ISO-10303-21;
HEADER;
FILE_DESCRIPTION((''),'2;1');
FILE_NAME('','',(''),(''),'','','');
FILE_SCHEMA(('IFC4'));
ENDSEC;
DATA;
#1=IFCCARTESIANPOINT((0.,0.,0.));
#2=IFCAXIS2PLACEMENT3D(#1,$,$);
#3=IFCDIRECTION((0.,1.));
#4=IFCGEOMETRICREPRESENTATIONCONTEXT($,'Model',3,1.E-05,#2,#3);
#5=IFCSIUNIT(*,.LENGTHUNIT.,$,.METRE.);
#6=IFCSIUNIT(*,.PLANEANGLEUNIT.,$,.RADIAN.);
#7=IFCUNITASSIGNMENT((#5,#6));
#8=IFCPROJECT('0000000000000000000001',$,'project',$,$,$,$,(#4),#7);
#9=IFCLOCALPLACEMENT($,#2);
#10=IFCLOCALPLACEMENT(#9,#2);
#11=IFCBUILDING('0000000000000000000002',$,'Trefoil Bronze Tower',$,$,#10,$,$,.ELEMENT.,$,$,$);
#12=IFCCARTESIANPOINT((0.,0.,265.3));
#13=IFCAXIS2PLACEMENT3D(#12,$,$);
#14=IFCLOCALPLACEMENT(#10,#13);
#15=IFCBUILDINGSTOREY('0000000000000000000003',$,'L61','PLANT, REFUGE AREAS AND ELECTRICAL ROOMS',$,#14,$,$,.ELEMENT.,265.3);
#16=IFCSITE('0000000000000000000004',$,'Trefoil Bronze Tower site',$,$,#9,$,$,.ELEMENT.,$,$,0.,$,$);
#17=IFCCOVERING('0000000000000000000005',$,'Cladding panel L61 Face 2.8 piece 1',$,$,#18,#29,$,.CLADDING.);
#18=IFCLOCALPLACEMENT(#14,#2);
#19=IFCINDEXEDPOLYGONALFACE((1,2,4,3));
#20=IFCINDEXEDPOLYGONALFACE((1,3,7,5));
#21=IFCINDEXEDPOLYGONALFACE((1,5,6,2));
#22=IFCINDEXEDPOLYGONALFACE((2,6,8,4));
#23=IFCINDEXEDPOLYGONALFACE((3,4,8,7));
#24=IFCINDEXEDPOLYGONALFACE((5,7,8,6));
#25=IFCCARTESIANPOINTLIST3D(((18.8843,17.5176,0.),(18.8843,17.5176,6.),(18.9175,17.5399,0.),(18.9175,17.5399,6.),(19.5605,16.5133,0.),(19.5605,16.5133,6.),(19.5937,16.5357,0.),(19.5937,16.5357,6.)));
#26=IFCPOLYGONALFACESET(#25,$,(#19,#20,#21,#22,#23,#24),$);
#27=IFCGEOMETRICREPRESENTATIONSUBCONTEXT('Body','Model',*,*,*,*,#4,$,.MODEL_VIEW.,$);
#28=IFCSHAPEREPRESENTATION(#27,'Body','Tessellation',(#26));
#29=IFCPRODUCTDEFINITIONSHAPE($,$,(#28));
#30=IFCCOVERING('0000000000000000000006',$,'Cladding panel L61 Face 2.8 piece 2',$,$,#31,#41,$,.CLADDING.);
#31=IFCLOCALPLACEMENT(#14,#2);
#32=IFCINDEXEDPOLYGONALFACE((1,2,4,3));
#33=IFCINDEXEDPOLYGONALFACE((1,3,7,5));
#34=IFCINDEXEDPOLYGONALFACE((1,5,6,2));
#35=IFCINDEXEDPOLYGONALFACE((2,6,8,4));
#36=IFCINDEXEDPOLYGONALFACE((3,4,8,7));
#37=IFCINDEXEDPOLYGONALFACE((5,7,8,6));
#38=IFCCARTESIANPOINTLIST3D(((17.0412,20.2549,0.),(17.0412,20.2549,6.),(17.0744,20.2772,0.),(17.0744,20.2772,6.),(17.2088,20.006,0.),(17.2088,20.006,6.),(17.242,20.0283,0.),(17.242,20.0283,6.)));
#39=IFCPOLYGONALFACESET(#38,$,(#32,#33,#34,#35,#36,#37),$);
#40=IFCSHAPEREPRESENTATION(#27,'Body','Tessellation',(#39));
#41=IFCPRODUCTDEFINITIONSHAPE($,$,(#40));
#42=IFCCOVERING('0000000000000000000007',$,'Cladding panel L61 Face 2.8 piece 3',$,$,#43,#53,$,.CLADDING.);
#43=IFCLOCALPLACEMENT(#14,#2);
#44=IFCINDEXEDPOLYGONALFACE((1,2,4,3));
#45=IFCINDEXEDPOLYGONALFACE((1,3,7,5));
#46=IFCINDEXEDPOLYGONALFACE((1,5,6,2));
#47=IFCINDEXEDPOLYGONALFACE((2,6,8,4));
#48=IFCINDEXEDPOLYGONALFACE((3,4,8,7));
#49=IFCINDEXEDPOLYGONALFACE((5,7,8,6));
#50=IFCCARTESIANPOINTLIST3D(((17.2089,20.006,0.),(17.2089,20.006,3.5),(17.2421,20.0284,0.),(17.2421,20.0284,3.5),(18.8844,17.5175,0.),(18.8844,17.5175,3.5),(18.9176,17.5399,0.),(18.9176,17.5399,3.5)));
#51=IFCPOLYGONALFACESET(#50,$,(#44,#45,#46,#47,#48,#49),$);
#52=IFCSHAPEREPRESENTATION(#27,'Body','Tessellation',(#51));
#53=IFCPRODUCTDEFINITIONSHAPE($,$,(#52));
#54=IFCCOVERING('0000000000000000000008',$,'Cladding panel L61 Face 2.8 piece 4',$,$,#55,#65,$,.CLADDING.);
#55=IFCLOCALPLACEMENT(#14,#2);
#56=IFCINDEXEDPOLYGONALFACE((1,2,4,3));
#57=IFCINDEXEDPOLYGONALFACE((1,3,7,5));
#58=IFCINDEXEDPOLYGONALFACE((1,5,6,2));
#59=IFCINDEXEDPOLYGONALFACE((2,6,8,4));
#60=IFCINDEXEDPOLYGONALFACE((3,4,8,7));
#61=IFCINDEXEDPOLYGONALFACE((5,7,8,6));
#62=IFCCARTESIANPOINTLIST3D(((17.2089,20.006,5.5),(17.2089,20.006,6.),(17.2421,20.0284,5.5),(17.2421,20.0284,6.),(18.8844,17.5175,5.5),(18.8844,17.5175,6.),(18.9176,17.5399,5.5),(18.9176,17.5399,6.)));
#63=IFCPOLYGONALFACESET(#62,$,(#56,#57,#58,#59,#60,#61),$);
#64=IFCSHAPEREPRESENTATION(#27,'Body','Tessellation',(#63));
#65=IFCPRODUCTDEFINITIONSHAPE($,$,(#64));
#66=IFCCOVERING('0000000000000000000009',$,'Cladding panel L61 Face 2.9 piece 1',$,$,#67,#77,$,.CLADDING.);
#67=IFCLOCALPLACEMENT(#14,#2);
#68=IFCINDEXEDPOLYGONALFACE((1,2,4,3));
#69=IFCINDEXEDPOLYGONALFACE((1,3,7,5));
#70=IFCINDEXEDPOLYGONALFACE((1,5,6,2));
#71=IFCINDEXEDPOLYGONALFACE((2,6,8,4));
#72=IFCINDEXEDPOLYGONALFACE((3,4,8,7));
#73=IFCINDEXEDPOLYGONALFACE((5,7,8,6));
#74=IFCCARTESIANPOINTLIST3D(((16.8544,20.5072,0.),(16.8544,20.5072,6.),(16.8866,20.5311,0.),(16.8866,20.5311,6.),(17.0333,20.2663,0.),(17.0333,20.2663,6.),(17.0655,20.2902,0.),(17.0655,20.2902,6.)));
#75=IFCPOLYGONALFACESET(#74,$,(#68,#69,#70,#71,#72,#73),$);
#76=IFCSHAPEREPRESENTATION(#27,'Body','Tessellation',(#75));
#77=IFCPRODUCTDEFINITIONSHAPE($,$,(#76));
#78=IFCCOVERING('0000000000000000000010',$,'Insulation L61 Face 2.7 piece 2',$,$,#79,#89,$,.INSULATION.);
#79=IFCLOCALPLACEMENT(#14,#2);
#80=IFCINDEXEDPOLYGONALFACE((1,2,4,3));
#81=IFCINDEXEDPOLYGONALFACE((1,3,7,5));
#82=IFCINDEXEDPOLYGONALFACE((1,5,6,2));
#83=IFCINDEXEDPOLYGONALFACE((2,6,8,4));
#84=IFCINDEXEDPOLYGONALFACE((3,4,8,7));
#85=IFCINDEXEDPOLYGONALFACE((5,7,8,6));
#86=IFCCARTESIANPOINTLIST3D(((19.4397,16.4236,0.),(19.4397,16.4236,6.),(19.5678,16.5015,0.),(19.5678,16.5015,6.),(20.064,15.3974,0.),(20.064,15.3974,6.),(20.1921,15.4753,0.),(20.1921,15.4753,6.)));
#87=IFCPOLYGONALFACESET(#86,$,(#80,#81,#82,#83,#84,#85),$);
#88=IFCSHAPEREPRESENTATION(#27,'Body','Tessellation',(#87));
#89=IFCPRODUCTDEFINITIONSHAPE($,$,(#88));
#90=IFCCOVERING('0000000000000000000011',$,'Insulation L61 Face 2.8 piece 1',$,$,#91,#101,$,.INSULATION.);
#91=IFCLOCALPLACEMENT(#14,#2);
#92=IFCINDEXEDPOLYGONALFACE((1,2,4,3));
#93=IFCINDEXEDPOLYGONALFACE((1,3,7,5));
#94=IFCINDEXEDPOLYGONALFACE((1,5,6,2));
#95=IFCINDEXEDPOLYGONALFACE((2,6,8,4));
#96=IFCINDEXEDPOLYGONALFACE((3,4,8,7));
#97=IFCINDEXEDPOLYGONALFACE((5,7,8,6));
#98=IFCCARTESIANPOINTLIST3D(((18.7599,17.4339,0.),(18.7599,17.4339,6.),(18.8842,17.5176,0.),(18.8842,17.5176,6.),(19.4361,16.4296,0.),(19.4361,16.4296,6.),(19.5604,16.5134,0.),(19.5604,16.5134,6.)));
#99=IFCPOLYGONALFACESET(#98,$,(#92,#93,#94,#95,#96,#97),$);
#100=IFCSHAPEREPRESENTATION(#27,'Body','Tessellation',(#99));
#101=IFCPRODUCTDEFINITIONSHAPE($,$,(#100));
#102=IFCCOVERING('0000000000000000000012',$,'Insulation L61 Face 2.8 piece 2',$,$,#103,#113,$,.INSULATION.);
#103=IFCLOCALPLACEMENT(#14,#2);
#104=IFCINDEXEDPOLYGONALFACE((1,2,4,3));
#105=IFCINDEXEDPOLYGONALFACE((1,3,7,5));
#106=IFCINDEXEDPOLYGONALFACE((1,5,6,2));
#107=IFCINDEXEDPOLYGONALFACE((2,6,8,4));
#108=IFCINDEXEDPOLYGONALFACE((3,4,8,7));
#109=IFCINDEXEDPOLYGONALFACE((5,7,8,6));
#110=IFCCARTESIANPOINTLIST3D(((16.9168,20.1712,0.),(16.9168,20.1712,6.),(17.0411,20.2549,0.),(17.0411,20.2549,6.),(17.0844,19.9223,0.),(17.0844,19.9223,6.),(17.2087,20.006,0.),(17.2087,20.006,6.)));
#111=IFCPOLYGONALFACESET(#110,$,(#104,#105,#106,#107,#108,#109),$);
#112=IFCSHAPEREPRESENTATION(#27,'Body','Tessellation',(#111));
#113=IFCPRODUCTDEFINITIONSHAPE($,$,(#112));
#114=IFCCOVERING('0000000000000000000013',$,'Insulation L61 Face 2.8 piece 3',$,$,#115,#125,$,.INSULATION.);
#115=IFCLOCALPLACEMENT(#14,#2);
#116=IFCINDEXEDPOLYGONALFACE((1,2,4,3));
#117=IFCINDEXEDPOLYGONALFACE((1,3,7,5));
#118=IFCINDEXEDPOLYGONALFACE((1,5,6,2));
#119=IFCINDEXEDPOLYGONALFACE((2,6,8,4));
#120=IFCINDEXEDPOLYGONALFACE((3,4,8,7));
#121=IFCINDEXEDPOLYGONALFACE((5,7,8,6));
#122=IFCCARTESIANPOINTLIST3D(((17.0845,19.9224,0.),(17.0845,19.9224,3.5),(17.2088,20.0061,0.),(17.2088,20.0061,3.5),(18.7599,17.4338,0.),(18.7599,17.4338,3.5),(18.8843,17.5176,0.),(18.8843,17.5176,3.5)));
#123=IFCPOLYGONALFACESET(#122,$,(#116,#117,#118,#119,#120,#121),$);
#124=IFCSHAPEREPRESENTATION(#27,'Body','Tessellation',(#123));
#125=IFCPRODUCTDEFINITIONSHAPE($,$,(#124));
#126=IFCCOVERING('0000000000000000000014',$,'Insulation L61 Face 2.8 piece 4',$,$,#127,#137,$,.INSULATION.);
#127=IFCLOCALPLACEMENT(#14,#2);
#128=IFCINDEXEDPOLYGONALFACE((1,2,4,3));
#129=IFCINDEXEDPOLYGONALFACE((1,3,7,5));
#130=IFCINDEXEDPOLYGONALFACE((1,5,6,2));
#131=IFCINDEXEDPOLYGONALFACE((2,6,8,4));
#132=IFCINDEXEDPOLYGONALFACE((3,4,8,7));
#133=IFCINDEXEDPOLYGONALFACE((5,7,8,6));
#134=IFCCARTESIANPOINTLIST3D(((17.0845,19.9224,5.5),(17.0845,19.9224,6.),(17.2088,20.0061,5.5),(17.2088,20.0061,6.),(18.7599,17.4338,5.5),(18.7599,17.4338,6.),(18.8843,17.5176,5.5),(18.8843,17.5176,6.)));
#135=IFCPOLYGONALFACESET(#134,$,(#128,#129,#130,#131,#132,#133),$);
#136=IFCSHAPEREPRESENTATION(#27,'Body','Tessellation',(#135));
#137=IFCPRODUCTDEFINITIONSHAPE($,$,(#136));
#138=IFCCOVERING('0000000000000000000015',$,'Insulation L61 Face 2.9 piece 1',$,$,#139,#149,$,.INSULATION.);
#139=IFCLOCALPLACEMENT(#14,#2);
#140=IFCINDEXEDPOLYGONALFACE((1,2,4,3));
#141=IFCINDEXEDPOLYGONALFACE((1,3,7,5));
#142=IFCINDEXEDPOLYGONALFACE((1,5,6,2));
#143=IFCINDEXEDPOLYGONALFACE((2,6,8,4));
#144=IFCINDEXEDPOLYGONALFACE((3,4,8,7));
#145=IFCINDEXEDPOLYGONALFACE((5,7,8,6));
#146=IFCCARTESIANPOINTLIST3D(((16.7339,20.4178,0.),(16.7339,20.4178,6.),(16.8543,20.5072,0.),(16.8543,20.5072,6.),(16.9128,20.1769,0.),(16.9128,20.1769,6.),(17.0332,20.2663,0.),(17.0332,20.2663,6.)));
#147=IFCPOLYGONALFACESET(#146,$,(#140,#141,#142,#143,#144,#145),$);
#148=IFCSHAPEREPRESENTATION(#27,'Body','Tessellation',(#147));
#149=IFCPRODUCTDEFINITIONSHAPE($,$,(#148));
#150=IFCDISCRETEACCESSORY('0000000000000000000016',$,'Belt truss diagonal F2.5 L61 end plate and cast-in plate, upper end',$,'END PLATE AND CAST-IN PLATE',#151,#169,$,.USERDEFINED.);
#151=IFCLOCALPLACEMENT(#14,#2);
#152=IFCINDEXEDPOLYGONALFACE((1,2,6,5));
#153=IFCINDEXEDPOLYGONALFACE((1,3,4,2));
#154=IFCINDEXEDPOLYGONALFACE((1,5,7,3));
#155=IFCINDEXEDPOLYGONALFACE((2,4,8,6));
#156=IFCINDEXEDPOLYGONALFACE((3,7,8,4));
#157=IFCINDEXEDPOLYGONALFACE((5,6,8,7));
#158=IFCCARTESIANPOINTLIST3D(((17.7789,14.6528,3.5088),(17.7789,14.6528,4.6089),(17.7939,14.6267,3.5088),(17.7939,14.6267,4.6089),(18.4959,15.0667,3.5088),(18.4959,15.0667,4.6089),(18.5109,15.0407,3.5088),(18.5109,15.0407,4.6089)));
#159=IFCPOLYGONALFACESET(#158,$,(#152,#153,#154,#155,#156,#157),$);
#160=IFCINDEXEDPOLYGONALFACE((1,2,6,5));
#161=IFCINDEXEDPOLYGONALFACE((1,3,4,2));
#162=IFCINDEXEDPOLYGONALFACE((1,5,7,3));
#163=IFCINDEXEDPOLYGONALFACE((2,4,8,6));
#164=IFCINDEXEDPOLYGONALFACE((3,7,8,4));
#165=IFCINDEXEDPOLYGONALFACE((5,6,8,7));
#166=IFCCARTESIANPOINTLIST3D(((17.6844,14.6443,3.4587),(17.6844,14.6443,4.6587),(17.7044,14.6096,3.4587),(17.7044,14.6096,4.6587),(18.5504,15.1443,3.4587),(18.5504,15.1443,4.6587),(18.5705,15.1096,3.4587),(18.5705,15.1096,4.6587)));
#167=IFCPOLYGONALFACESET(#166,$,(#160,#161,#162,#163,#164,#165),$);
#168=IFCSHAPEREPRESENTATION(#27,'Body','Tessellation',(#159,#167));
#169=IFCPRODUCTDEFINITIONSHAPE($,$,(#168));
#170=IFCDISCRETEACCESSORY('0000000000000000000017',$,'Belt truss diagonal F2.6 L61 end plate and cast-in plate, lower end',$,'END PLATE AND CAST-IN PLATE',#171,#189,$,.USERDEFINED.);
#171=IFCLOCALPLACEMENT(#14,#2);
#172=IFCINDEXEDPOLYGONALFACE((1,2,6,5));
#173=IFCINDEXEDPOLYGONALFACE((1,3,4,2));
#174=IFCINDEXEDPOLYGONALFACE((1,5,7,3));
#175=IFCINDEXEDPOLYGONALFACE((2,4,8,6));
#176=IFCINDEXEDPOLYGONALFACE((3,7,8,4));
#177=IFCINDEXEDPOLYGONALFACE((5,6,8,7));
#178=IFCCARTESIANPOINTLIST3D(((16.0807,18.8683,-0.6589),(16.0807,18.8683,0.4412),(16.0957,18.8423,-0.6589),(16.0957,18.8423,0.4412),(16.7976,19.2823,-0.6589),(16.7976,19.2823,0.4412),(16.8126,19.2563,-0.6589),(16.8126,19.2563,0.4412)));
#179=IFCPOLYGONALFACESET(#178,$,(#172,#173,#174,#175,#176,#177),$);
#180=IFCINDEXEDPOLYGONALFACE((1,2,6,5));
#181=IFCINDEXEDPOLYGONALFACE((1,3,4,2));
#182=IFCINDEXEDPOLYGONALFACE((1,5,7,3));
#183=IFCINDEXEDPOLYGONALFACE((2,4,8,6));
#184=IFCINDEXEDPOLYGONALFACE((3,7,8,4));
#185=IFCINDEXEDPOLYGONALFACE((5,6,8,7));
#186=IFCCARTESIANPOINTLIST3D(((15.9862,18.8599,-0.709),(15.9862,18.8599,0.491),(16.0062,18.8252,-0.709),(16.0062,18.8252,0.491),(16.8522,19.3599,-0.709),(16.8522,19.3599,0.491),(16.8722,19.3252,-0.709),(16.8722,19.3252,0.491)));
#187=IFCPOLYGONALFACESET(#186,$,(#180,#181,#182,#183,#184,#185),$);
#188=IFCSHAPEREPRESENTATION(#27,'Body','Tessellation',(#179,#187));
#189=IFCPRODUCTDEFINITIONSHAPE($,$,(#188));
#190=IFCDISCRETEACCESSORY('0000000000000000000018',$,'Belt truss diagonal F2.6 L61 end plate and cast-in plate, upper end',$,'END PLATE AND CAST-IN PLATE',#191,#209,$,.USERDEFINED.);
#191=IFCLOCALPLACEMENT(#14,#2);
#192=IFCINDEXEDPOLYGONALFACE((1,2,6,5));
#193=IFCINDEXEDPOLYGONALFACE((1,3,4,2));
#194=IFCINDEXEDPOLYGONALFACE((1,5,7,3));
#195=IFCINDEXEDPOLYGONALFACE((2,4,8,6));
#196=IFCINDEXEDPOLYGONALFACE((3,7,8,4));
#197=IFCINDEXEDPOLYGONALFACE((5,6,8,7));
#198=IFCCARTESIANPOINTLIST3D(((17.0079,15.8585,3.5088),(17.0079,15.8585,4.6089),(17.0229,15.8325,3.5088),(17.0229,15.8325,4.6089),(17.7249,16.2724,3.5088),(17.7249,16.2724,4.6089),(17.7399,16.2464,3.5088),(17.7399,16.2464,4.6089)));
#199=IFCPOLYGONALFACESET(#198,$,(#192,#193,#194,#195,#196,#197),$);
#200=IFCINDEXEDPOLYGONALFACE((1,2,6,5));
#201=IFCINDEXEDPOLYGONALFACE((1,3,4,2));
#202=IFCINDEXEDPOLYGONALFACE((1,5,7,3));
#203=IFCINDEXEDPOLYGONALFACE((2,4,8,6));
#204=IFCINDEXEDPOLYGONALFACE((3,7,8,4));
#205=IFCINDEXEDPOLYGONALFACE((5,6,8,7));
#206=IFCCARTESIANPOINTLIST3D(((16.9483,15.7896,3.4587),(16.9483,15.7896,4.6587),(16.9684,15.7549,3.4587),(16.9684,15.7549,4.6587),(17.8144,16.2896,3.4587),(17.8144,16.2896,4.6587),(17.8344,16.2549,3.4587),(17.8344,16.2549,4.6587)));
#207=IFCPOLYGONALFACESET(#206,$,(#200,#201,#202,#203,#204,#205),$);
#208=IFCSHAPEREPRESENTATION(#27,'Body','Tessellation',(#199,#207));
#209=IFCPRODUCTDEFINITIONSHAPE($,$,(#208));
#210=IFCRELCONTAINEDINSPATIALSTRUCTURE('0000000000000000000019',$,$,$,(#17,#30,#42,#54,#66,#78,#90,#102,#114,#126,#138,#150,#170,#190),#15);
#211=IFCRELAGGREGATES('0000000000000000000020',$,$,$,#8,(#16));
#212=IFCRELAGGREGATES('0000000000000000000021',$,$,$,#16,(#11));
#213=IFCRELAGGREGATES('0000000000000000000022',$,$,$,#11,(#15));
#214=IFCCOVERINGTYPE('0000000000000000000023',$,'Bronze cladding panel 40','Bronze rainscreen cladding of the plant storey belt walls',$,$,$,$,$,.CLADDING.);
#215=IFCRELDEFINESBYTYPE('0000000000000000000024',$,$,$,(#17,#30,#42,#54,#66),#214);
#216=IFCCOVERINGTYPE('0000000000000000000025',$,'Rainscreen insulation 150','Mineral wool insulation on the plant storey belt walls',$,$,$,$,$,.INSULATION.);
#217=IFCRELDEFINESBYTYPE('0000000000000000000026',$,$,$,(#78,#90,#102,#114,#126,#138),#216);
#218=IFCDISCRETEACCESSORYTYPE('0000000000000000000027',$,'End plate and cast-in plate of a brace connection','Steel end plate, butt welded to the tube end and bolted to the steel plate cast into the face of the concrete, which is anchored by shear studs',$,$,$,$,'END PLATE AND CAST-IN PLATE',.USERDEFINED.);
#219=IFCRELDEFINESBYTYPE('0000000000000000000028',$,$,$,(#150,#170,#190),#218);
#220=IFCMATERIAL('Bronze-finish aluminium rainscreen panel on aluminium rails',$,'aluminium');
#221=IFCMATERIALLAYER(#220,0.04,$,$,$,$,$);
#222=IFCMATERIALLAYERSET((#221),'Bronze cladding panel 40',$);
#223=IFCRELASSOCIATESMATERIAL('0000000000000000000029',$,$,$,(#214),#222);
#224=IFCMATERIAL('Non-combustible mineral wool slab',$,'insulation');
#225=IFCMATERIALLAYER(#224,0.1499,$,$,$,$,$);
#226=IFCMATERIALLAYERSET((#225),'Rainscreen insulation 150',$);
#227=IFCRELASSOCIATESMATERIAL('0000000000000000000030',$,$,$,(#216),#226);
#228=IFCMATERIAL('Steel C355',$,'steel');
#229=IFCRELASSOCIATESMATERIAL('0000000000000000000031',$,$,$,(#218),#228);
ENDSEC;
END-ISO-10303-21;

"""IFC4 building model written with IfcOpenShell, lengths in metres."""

from ifc_helpers import new_model, si_unit, direction, frame, origin, origin_2d, place, context, subcontext, project, spatial, rectangle, extrude, material, layer, layer_set, type_object, element, save


model = new_model("IFC4")

# Units and contexts
model_context = context("Model", 3, precision=1e-05, world=origin(), true_north=direction((0.0, 1.0)))
body_context = subcontext(model_context, "Body", "Model", "MODEL_VIEW")
ifc_project = project(units=[si_unit("LENGTHUNIT", "METRE"), si_unit("PLANEANGLEUNIT", "RADIAN")], contexts=[model_context])

# Site, building, storey
site_placement = place(None, origin())
site = spatial("IfcSite", under=ifc_project, at=site_placement, Name="Trefoil Bronze Tower site", CompositionType="ELEMENT", RefElevation=0.0)
building_placement = place(site_placement, origin())
building = spatial("IfcBuilding", under=site, at=building_placement, Name="Trefoil Bronze Tower", CompositionType="ELEMENT")
storey_placement = place(building_placement, frame((0.0, 0.0, 265.3)))
storey = spatial("IfcBuildingStorey", under=building, at=storey_placement, Name="L61", Description="PLANT, REFUGE AREAS AND ELECTRICAL ROOMS", CompositionType="ELEMENT", Elevation=265.3)

# Coverings
ifc_material_1 = material(Name="Bronze-finish aluminium rainscreen panel on aluminium rails", Category="aluminium")
ifc_layer_1 = layer(ifc_material_1, 0.04)
ifc_layer_set_1 = layer_set([ifc_layer_1], Name="Bronze cladding panel 40")
covering_type_1 = type_object("IfcCoveringType", Name="Bronze cladding panel 40", Description="Bronze rainscreen cladding of the plant storey belt walls", PredefinedType="CLADDING", material=ifc_layer_set_1)
covering_1_placement = place(storey_placement, frame((19.239, 17.0266, 0.0), z_axis=(0.0, 0.0, 1.0), x_axis=(-0.558493, 0.829509, 0.0)))
element("IfcCovering", 1, at=covering_1_placement, inside=storey, type_object=covering_type_1, Name="Cladding panel L61 Face 2.8 piece 1", PredefinedType="CLADDING", context=body_context, shape_type="SweptSolid", body=[
    extrude(rectangle(XDim=1.2107, YDim=0.04, at=origin_2d()), origin(), (0.0, 0.0, 1.0), 6.0),
])
covering_2_placement = place(storey_placement, frame((17.1416, 20.1416, 0.0), z_axis=(0.0, 0.0, 1.0), x_axis=(-0.558493, 0.829509, 0.0)))
element("IfcCovering", 2, at=covering_2_placement, inside=storey, type_object=covering_type_1, Name="Cladding panel L61 Face 2.8 piece 2", PredefinedType="CLADDING", context=body_context, shape_type="SweptSolid", body=[
    extrude(rectangle(XDim=0.3, YDim=0.04, at=origin_2d()), origin(), (0.0, 0.0, 1.0), 6.0),
])
covering_3_placement = place(storey_placement, frame((18.0632, 18.7729, 0.0), z_axis=(0.0, 0.0, 1.0), x_axis=(-0.558493, 0.829509, 0.0)))
element("IfcCovering", 3, at=covering_3_placement, inside=storey, type_object=covering_type_1, Name="Cladding panel L61 Face 2.8 piece 3", PredefinedType="CLADDING", context=body_context, shape_type="SweptSolid", body=[
    extrude(rectangle(XDim=3.0, YDim=0.04, at=origin_2d()), origin(), (0.0, 0.0, 1.0), 3.5),
])
covering_4_placement = place(storey_placement, frame((18.0632, 18.7729, 5.5), z_axis=(0.0, 0.0, 1.0), x_axis=(-0.558493, 0.829509, 0.0)))
element("IfcCovering", 4, at=covering_4_placement, inside=storey, type_object=covering_type_1, Name="Cladding panel L61 Face 2.8 piece 4", PredefinedType="CLADDING", context=body_context, shape_type="SweptSolid", body=[
    extrude(rectangle(XDim=3.0, YDim=0.04, at=origin_2d()), origin(), (0.0, 0.0, 1.0), 0.5),
])
covering_5_placement = place(storey_placement, frame((16.96, 20.3987, 0.0), z_axis=(0.0, 0.0, 1.0), x_axis=(-0.596162, 0.802865, 0.0)))
element("IfcCovering", 5, at=covering_5_placement, inside=storey, type_object=covering_type_1, Name="Cladding panel L61 Face 2.9 piece 1", PredefinedType="CLADDING", context=body_context, shape_type="SweptSolid", body=[
    extrude(rectangle(XDim=0.3, YDim=0.04, at=origin_2d()), origin(), (0.0, 0.0, 1.0), 6.0),
])
ifc_material_2 = material(Name="Non-combustible mineral wool slab", Category="insulation")
ifc_layer_2 = layer(ifc_material_2, 0.1499)
ifc_layer_set_2 = layer_set([ifc_layer_2], Name="Rainscreen insulation 150")
covering_type_2 = type_object("IfcCoveringType", Name="Rainscreen insulation 150", Description="Mineral wool insulation on the plant storey belt walls", PredefinedType="INSULATION", material=ifc_layer_set_2)
covering_6_placement = place(storey_placement, frame((19.8159, 15.9495, 0.0), z_axis=(0.0, 0.0, 1.0), x_axis=(-0.519762, 0.854311, 0.0)))
element("IfcCovering", 6, at=covering_6_placement, inside=storey, type_object=covering_type_2, Name="Insulation L61 Face 2.7 piece 2", PredefinedType="INSULATION", context=body_context, shape_type="SweptSolid", body=[
    extrude(rectangle(XDim=1.2012, YDim=0.1499, at=origin_2d()), origin(), (0.0, 0.0, 1.0), 6.0),
])
covering_7_placement = place(storey_placement, frame((19.1602, 16.9736, 0.0), z_axis=(0.0, 0.0, 1.0), x_axis=(-0.558493, 0.829509, 0.0)))
element("IfcCovering", 7, at=covering_7_placement, inside=storey, type_object=covering_type_2, Name="Insulation L61 Face 2.8 piece 1", PredefinedType="INSULATION", context=body_context, shape_type="SweptSolid", body=[
    extrude(rectangle(XDim=1.2107, YDim=0.1499, at=origin_2d()), origin(), (0.0, 0.0, 1.0), 6.0),
])
covering_8_placement = place(storey_placement, frame((17.0627, 20.0886, 0.0), z_axis=(0.0, 0.0, 1.0), x_axis=(-0.558493, 0.829509, 0.0)))
element("IfcCovering", 8, at=covering_8_placement, inside=storey, type_object=covering_type_2, Name="Insulation L61 Face 2.8 piece 2", PredefinedType="INSULATION", context=body_context, shape_type="SweptSolid", body=[
    extrude(rectangle(XDim=0.3, YDim=0.1499, at=origin_2d()), origin(), (0.0, 0.0, 1.0), 6.0),
])
covering_9_placement = place(storey_placement, frame((17.9844, 18.72, 0.0), z_axis=(0.0, 0.0, 1.0), x_axis=(-0.558493, 0.829509, 0.0)))
element("IfcCovering", 9, at=covering_9_placement, inside=storey, type_object=covering_type_2, Name="Insulation L61 Face 2.8 piece 3", PredefinedType="INSULATION", context=body_context, shape_type="SweptSolid", body=[
    extrude(rectangle(XDim=3.0, YDim=0.1499, at=origin_2d()), origin(), (0.0, 0.0, 1.0), 3.5),
])
covering_10_placement = place(storey_placement, frame((17.9844, 18.72, 5.5), z_axis=(0.0, 0.0, 1.0), x_axis=(-0.558493, 0.829509, 0.0)))
element("IfcCovering", 10, at=covering_10_placement, inside=storey, type_object=covering_type_2, Name="Insulation L61 Face 2.8 piece 4", PredefinedType="INSULATION", context=body_context, shape_type="SweptSolid", body=[
    extrude(rectangle(XDim=3.0, YDim=0.1499, at=origin_2d()), origin(), (0.0, 0.0, 1.0), 0.5),
])
covering_11_placement = place(storey_placement, frame((16.8835, 20.342, 0.0), z_axis=(0.0, 0.0, 1.0), x_axis=(-0.596162, 0.802865, 0.0)))
element("IfcCovering", 11, at=covering_11_placement, inside=storey, type_object=covering_type_2, Name="Insulation L61 Face 2.9 piece 1", PredefinedType="INSULATION", context=body_context, shape_type="SweptSolid", body=[
    extrude(rectangle(XDim=0.3, YDim=0.1499, at=origin_2d()), origin(), (0.0, 0.0, 1.0), 6.0),
])

# Discrete accessories
ifc_material_3 = material(Name="Steel C355", Category="steel")
discrete_accessory_type = type_object("IfcDiscreteAccessoryType", Name="End plate and cast-in plate of a brace connection", Description="Steel end plate, butt welded to the tube end and bolted to the steel plate cast into the face of the concrete, which is anchored by shear studs", ElementType="END PLATE AND CAST-IN PLATE", PredefinedType="USERDEFINED", material=ifc_material_3)
for number, where, z_axis, x_axis, name in (
    (12, (18.1375, 14.8596, 4.0588), (0.0, 0.0, 1.0), (0.5, -0.866025, 0.0), "Belt truss diagonal F2.5 L61 end plate and cast-in plate, upper end"),
    (13, (16.4392, 19.0752, -0.1089), (0.0, 0.0, 1.0), (0.5, -0.866025, 0.0), "Belt truss diagonal F2.6 L61 end plate and cast-in plate, lower end"),
    (14, (17.3813, 16.0396, 4.0588), (0.0, 0.0, 1.0), (-0.5, 0.866025, 0.0), "Belt truss diagonal F2.6 L61 end plate and cast-in plate, upper end"),
):
    element("IfcDiscreteAccessory", number, at=place(storey_placement, frame(where, z_axis=z_axis, x_axis=x_axis)), inside=storey, type_object=discrete_accessory_type, Name=name, ObjectType="END PLATE AND CAST-IN PLATE", PredefinedType="USERDEFINED", context=body_context, shape_type="SweptSolid", body=[
        extrude(rectangle(XDim=0.03, YDim=0.8279, at=origin_2d()), frame((0.0149, 0.0, -0.55)), (0.0, 0.0, 1.0), 1.1001),
        extrude(rectangle(XDim=0.04, YDim=1.0, at=origin_2d()), frame((-0.02, 0.0, -0.6001)), (0.0, 0.0, 1.0), 1.2),
    ])

save(model, "model.ifc")
